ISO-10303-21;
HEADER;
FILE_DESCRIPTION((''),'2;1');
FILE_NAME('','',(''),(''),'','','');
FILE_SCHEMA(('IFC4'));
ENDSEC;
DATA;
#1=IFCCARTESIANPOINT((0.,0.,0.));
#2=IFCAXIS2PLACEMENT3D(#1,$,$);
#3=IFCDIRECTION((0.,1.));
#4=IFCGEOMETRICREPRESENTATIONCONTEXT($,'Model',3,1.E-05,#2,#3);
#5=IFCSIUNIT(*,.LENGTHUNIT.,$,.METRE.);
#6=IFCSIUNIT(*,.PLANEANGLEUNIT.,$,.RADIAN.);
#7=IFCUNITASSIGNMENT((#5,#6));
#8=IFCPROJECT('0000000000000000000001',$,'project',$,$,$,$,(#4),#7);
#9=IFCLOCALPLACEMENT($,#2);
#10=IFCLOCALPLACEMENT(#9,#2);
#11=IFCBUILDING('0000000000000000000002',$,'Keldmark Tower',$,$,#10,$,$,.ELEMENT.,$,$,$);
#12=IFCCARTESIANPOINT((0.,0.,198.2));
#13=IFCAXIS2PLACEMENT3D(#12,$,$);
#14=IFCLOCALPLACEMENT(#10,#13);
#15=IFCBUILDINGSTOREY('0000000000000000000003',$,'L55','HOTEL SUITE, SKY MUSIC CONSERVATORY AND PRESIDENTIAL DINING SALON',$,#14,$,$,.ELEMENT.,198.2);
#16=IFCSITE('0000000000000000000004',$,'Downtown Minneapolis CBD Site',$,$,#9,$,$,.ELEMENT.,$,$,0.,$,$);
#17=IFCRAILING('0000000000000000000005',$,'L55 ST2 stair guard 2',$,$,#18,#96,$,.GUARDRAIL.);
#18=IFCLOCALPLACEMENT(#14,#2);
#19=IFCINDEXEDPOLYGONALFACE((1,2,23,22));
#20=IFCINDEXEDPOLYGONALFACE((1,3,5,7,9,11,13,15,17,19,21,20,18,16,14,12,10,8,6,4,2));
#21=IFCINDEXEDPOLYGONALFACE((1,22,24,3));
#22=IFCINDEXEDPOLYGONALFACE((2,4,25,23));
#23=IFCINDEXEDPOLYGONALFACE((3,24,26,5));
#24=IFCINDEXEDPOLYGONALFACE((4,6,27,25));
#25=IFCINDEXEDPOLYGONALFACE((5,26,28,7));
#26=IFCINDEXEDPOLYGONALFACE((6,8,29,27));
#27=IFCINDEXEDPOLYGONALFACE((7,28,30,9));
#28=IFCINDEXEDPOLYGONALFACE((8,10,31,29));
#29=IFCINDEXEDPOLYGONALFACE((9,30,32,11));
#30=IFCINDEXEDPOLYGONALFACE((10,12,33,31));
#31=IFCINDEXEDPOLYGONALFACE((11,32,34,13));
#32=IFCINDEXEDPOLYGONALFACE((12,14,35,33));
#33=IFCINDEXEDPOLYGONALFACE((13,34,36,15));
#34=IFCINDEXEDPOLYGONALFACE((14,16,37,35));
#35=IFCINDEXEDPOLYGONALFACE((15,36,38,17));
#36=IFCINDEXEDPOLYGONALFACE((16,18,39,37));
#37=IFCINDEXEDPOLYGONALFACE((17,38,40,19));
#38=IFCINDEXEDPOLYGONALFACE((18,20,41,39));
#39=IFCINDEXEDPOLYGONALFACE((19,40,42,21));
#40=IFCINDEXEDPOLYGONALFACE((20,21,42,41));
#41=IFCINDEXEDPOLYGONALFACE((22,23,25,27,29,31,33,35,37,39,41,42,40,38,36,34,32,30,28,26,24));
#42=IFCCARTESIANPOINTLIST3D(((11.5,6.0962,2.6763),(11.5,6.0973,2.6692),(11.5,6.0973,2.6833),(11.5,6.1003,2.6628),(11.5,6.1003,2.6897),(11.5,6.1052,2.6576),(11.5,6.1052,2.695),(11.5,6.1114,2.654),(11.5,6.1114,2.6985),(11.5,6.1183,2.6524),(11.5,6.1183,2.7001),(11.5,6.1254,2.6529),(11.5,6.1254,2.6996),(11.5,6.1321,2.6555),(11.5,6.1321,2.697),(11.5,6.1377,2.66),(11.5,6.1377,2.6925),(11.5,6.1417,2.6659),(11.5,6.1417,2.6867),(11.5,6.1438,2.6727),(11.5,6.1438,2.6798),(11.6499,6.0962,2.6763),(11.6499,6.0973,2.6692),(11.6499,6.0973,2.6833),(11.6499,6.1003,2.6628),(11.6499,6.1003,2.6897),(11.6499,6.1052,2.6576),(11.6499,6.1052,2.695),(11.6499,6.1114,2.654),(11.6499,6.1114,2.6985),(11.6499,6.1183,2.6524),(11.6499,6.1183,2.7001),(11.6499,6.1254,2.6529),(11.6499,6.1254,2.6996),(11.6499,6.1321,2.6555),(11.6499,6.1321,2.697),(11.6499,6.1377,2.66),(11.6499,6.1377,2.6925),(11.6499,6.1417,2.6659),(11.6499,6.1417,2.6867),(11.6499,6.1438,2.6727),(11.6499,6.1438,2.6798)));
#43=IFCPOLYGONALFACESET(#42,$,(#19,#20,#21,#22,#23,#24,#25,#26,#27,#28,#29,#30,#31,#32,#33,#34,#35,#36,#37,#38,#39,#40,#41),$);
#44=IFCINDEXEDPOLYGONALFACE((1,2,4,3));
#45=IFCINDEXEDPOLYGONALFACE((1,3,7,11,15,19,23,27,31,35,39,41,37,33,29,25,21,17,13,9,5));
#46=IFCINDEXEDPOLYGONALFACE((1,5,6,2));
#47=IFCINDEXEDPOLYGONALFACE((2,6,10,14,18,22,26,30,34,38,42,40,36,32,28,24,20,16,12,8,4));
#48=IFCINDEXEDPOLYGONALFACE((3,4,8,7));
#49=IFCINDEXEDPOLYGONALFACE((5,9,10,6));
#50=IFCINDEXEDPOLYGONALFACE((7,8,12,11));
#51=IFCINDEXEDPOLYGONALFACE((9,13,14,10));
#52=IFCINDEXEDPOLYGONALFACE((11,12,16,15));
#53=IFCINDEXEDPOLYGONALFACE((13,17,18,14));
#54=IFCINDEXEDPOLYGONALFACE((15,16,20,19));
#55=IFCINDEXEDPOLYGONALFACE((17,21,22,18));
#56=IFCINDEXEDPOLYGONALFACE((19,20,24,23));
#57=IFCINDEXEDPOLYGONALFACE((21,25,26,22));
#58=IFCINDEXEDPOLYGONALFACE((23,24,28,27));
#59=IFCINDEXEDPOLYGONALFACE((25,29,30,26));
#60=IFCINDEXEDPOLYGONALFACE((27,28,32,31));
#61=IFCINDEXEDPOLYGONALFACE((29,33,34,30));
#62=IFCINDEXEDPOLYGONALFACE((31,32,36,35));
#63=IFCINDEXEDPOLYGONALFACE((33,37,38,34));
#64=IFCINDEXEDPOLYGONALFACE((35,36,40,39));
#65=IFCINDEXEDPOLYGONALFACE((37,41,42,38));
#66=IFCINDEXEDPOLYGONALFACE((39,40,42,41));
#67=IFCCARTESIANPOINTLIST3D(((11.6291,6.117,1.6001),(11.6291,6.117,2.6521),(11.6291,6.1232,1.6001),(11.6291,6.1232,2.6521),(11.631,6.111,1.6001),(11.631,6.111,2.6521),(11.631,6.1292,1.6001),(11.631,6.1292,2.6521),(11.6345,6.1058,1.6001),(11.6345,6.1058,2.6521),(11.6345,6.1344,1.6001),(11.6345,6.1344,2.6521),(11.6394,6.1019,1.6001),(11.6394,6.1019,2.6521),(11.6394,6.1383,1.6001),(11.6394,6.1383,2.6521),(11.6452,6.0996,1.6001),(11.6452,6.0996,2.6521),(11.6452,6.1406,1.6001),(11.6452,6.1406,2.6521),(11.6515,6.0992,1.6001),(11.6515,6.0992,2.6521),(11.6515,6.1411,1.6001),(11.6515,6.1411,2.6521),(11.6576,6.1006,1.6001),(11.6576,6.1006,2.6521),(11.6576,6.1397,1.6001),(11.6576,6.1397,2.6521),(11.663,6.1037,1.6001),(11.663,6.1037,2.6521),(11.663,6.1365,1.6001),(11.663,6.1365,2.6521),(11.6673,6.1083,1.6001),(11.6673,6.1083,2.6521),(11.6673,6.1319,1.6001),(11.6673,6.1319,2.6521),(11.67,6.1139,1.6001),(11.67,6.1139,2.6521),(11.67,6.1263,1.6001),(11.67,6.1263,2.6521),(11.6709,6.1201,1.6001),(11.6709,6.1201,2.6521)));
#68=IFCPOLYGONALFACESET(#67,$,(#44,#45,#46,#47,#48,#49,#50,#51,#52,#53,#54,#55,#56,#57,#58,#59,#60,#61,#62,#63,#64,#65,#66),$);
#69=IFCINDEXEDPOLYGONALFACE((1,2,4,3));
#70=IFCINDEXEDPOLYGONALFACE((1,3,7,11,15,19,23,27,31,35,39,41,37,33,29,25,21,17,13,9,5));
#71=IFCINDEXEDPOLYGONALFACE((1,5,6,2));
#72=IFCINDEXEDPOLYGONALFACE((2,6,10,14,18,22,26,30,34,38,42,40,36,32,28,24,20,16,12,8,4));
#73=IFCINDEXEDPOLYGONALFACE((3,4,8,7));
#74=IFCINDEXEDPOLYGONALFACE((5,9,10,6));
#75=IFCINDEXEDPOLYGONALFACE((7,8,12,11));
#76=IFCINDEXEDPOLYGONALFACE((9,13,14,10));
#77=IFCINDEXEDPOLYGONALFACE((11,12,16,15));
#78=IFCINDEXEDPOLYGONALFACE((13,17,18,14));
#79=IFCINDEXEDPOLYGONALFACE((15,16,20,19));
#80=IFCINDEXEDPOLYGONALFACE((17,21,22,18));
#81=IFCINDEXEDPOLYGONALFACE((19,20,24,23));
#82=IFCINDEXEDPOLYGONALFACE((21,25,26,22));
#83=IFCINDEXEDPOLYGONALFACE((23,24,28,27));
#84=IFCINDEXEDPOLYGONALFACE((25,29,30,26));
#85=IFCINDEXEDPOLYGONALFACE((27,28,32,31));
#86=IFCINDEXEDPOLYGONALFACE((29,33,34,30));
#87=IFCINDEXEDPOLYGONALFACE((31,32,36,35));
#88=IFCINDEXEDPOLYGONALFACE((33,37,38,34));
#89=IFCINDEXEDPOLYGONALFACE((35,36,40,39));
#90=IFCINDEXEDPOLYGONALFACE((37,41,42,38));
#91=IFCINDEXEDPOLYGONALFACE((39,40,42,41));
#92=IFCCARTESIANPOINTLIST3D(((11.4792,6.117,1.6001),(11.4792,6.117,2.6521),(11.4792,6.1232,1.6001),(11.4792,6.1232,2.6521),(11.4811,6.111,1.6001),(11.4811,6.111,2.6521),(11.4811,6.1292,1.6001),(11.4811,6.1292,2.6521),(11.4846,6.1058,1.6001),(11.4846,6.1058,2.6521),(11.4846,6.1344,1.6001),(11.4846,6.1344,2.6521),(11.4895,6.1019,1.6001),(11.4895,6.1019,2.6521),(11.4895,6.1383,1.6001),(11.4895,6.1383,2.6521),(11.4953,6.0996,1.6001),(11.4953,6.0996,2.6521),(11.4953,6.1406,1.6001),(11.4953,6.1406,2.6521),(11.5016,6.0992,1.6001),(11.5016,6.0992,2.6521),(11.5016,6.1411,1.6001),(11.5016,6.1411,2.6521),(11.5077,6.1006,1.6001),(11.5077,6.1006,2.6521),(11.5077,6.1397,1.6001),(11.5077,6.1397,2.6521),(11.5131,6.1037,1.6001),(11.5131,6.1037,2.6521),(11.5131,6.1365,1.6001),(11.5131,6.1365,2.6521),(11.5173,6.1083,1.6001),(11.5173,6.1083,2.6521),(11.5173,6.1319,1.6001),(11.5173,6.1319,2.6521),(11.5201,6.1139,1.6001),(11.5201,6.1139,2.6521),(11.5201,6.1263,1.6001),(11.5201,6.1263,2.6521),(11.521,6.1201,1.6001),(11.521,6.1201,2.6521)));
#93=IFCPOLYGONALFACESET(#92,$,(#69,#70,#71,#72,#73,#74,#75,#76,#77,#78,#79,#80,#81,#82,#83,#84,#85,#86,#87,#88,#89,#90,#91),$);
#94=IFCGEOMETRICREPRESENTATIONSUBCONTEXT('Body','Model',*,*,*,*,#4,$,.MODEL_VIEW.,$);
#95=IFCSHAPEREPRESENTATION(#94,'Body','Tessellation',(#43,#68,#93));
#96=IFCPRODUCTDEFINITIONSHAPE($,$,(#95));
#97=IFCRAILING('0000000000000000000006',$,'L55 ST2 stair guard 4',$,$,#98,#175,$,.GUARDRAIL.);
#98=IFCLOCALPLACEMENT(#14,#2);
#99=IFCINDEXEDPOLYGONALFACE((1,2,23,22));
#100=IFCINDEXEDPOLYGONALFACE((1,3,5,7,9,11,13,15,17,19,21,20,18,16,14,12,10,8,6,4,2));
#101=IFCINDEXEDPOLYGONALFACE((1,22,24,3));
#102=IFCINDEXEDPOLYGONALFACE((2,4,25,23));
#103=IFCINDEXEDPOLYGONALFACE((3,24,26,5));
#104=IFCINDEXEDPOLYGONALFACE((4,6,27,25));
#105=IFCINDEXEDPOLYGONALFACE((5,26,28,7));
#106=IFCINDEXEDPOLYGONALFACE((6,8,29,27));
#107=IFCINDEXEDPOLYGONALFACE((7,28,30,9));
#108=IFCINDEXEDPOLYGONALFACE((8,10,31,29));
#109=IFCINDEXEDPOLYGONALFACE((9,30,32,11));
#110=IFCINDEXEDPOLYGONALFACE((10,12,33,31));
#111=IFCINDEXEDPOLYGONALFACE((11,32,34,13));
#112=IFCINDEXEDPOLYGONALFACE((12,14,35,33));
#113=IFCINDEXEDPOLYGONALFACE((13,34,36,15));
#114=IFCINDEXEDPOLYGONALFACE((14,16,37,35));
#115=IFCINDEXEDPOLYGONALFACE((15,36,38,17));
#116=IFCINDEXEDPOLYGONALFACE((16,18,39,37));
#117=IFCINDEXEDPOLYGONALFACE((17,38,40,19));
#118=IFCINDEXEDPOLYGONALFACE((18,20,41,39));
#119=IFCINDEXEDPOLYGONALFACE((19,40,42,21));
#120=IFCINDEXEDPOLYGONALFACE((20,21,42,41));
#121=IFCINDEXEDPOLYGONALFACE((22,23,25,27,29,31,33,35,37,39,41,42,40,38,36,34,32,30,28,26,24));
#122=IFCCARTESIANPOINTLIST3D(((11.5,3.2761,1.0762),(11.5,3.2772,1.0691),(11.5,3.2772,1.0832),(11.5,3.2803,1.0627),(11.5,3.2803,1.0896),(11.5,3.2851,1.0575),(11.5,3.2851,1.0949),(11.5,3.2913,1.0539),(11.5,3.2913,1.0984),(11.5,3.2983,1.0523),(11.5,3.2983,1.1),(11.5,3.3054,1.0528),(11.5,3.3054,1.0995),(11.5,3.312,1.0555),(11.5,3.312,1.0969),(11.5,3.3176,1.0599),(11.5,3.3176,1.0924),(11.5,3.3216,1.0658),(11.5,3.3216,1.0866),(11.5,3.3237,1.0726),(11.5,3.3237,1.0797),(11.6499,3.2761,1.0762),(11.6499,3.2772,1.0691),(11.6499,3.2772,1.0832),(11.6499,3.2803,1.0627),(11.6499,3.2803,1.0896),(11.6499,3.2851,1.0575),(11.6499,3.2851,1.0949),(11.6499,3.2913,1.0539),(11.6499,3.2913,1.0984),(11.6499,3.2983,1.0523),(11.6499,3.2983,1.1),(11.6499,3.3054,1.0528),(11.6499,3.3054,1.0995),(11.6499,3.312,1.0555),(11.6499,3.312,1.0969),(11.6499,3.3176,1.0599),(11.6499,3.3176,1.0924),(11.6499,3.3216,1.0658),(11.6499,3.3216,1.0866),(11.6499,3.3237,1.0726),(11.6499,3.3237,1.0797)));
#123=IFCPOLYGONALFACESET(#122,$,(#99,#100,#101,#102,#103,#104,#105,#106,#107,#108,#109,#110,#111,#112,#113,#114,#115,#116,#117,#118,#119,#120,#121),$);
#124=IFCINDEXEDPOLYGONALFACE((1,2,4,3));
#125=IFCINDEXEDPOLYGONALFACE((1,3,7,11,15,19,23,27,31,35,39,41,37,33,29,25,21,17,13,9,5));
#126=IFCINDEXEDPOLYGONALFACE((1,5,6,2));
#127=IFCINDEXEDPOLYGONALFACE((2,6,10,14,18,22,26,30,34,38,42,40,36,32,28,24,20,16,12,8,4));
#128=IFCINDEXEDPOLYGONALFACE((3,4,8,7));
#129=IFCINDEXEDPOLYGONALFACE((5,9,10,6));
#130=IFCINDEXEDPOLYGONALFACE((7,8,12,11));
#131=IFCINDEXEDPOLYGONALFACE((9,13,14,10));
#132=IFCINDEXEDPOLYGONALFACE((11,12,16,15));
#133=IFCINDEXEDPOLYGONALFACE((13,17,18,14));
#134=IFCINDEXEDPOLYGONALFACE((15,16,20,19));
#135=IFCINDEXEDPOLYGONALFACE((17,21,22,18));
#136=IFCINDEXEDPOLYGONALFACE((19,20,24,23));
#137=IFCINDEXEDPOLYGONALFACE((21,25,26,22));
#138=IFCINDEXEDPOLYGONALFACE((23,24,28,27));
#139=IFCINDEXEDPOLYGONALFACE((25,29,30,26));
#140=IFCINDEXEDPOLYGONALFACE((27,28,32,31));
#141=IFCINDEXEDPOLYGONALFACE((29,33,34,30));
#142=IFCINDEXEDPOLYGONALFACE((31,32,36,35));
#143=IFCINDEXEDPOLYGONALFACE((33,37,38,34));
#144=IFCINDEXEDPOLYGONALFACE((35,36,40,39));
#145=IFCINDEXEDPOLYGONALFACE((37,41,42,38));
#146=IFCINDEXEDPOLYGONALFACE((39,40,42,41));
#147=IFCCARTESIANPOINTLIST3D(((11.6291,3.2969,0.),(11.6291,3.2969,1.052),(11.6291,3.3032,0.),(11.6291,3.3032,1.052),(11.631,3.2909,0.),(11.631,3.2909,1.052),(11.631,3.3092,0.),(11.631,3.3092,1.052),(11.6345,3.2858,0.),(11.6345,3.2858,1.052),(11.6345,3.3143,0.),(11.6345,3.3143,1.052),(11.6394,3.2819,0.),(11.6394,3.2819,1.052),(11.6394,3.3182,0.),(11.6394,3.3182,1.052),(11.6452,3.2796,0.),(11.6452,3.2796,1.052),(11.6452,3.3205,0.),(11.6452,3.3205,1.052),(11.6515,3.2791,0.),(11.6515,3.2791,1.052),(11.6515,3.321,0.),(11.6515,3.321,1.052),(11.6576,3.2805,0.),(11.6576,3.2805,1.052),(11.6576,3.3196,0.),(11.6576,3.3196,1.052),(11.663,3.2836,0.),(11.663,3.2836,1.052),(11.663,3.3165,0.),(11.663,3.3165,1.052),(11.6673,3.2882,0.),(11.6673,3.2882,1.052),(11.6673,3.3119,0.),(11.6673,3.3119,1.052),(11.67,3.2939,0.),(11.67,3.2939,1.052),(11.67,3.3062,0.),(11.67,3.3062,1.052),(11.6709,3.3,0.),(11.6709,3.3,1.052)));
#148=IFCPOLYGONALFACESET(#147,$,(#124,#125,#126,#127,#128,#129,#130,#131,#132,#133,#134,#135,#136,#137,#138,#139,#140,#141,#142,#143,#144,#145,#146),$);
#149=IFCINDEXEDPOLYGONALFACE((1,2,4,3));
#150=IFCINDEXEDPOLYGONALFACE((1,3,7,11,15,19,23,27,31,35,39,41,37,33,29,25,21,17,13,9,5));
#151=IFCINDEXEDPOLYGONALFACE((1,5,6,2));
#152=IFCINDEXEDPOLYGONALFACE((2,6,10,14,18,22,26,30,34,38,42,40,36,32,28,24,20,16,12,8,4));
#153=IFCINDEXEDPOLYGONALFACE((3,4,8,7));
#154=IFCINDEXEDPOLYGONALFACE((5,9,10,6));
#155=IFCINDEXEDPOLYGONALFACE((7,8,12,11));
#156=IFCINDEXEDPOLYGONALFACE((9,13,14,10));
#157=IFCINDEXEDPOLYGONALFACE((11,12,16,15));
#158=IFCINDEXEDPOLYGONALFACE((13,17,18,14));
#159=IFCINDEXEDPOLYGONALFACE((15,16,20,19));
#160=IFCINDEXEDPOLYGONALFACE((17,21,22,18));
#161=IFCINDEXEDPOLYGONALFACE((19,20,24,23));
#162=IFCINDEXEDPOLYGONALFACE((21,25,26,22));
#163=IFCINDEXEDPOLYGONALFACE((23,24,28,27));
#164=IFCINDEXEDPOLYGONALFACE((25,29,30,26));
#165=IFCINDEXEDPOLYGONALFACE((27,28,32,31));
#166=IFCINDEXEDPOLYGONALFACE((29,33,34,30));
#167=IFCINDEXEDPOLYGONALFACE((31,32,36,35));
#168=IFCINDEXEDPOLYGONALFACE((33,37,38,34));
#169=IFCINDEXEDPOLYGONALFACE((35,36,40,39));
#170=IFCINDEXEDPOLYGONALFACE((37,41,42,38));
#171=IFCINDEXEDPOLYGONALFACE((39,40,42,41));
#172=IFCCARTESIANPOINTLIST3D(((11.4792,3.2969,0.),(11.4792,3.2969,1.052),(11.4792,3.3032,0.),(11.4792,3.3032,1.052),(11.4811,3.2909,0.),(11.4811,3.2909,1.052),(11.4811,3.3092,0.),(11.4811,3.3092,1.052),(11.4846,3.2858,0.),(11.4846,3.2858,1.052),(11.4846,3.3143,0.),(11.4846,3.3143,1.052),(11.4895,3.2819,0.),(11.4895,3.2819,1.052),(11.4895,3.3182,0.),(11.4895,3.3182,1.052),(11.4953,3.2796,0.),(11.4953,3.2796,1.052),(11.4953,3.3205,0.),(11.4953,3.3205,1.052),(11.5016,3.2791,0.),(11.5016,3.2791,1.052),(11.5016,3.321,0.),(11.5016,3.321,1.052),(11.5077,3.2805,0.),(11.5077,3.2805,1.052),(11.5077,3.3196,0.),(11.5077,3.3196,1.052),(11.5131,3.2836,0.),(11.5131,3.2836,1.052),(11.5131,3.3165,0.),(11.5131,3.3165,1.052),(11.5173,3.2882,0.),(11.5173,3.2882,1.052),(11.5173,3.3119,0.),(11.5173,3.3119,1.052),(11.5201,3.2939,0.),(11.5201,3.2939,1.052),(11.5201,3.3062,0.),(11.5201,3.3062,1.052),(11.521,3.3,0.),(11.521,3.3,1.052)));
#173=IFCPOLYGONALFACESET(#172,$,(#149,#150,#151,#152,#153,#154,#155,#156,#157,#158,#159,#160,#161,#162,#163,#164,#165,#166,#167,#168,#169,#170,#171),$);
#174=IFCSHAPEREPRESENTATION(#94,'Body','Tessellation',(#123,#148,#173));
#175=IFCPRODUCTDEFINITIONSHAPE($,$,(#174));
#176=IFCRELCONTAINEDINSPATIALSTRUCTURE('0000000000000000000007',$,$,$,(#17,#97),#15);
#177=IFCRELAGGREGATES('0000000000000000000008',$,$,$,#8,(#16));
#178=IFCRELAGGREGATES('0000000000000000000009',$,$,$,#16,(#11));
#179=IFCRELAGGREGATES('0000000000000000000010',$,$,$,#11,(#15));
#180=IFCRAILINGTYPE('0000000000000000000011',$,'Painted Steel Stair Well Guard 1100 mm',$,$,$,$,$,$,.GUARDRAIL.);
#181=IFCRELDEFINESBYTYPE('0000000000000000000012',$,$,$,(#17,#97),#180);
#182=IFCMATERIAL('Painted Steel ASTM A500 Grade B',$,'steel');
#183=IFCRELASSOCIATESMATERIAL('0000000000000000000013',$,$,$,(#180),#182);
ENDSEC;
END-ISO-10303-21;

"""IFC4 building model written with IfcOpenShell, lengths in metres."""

from ifc_helpers import new_model, si_unit, direction, frame, origin, origin_2d, place, context, subcontext, project, spatial, circle, extrude, material, type_object, element, save


model = new_model("IFC4")

# Units and contexts
model_context = context("Model", 3, precision=1e-05, world=origin(), true_north=direction((0.0, 1.0)))
body_context = subcontext(model_context, "Body", "Model", "MODEL_VIEW")
ifc_project = project(units=[si_unit("LENGTHUNIT", "METRE"), si_unit("PLANEANGLEUNIT", "RADIAN")], contexts=[model_context])

# Site, building, storey
site_placement = place(None, origin())
site = spatial("IfcSite", under=ifc_project, at=site_placement, Name="Downtown Minneapolis CBD Site", CompositionType="ELEMENT", RefElevation=0.0)
building_placement = place(site_placement, origin())
building = spatial("IfcBuilding", under=site, at=building_placement, Name="Keldmark Tower", CompositionType="ELEMENT")
storey_placement = place(building_placement, frame((0.0, 0.0, 198.2)))
storey = spatial("IfcBuildingStorey", under=building, at=storey_placement, Name="L55", Description="HOTEL SUITE, SKY MUSIC CONSERVATORY AND PRESIDENTIAL DINING SALON", CompositionType="ELEMENT", Elevation=198.2)

# Railings
ifc_material_1 = material(Name="Painted Steel ASTM A500 Grade B", Category="steel")
railing_type_1 = type_object("IfcRailingType", Name="Painted Steel Stair Well Guard 1100 mm", PredefinedType="GUARDRAIL", material=ifc_material_1)
for number, where, name in (
    (1, (11.6499, 6.1201, 1.6001), "L55 ST2 stair guard 2"),
    (2, (11.6499, 3.3, 0.0), "L55 ST2 stair guard 4"),
):
    element("IfcRailing", number, at=place(storey_placement, frame(where)), inside=storey, type_object=railing_type_1, Name=name, PredefinedType="GUARDRAIL", context=body_context, shape_type="SweptSolid", body=[
        extrude(circle(Radius=0.0239, at=origin_2d()), frame((0.0, 0.0, 1.0762), z_axis=(-1.0, 0.0, 0.0), x_axis=(0.0, -1.0, 0.0)), (0.0, 0.0, 1.0), 0.1499),
        extrude(circle(Radius=0.021, at=origin_2d()), origin(), (0.0, 0.0, 1.0), 1.052),
        extrude(circle(Radius=0.021, at=origin_2d()), frame((-0.1499, 0.0, 0.0)), (0.0, 0.0, 1.0), 1.052),
    ])

save(model, "model.ifc")
